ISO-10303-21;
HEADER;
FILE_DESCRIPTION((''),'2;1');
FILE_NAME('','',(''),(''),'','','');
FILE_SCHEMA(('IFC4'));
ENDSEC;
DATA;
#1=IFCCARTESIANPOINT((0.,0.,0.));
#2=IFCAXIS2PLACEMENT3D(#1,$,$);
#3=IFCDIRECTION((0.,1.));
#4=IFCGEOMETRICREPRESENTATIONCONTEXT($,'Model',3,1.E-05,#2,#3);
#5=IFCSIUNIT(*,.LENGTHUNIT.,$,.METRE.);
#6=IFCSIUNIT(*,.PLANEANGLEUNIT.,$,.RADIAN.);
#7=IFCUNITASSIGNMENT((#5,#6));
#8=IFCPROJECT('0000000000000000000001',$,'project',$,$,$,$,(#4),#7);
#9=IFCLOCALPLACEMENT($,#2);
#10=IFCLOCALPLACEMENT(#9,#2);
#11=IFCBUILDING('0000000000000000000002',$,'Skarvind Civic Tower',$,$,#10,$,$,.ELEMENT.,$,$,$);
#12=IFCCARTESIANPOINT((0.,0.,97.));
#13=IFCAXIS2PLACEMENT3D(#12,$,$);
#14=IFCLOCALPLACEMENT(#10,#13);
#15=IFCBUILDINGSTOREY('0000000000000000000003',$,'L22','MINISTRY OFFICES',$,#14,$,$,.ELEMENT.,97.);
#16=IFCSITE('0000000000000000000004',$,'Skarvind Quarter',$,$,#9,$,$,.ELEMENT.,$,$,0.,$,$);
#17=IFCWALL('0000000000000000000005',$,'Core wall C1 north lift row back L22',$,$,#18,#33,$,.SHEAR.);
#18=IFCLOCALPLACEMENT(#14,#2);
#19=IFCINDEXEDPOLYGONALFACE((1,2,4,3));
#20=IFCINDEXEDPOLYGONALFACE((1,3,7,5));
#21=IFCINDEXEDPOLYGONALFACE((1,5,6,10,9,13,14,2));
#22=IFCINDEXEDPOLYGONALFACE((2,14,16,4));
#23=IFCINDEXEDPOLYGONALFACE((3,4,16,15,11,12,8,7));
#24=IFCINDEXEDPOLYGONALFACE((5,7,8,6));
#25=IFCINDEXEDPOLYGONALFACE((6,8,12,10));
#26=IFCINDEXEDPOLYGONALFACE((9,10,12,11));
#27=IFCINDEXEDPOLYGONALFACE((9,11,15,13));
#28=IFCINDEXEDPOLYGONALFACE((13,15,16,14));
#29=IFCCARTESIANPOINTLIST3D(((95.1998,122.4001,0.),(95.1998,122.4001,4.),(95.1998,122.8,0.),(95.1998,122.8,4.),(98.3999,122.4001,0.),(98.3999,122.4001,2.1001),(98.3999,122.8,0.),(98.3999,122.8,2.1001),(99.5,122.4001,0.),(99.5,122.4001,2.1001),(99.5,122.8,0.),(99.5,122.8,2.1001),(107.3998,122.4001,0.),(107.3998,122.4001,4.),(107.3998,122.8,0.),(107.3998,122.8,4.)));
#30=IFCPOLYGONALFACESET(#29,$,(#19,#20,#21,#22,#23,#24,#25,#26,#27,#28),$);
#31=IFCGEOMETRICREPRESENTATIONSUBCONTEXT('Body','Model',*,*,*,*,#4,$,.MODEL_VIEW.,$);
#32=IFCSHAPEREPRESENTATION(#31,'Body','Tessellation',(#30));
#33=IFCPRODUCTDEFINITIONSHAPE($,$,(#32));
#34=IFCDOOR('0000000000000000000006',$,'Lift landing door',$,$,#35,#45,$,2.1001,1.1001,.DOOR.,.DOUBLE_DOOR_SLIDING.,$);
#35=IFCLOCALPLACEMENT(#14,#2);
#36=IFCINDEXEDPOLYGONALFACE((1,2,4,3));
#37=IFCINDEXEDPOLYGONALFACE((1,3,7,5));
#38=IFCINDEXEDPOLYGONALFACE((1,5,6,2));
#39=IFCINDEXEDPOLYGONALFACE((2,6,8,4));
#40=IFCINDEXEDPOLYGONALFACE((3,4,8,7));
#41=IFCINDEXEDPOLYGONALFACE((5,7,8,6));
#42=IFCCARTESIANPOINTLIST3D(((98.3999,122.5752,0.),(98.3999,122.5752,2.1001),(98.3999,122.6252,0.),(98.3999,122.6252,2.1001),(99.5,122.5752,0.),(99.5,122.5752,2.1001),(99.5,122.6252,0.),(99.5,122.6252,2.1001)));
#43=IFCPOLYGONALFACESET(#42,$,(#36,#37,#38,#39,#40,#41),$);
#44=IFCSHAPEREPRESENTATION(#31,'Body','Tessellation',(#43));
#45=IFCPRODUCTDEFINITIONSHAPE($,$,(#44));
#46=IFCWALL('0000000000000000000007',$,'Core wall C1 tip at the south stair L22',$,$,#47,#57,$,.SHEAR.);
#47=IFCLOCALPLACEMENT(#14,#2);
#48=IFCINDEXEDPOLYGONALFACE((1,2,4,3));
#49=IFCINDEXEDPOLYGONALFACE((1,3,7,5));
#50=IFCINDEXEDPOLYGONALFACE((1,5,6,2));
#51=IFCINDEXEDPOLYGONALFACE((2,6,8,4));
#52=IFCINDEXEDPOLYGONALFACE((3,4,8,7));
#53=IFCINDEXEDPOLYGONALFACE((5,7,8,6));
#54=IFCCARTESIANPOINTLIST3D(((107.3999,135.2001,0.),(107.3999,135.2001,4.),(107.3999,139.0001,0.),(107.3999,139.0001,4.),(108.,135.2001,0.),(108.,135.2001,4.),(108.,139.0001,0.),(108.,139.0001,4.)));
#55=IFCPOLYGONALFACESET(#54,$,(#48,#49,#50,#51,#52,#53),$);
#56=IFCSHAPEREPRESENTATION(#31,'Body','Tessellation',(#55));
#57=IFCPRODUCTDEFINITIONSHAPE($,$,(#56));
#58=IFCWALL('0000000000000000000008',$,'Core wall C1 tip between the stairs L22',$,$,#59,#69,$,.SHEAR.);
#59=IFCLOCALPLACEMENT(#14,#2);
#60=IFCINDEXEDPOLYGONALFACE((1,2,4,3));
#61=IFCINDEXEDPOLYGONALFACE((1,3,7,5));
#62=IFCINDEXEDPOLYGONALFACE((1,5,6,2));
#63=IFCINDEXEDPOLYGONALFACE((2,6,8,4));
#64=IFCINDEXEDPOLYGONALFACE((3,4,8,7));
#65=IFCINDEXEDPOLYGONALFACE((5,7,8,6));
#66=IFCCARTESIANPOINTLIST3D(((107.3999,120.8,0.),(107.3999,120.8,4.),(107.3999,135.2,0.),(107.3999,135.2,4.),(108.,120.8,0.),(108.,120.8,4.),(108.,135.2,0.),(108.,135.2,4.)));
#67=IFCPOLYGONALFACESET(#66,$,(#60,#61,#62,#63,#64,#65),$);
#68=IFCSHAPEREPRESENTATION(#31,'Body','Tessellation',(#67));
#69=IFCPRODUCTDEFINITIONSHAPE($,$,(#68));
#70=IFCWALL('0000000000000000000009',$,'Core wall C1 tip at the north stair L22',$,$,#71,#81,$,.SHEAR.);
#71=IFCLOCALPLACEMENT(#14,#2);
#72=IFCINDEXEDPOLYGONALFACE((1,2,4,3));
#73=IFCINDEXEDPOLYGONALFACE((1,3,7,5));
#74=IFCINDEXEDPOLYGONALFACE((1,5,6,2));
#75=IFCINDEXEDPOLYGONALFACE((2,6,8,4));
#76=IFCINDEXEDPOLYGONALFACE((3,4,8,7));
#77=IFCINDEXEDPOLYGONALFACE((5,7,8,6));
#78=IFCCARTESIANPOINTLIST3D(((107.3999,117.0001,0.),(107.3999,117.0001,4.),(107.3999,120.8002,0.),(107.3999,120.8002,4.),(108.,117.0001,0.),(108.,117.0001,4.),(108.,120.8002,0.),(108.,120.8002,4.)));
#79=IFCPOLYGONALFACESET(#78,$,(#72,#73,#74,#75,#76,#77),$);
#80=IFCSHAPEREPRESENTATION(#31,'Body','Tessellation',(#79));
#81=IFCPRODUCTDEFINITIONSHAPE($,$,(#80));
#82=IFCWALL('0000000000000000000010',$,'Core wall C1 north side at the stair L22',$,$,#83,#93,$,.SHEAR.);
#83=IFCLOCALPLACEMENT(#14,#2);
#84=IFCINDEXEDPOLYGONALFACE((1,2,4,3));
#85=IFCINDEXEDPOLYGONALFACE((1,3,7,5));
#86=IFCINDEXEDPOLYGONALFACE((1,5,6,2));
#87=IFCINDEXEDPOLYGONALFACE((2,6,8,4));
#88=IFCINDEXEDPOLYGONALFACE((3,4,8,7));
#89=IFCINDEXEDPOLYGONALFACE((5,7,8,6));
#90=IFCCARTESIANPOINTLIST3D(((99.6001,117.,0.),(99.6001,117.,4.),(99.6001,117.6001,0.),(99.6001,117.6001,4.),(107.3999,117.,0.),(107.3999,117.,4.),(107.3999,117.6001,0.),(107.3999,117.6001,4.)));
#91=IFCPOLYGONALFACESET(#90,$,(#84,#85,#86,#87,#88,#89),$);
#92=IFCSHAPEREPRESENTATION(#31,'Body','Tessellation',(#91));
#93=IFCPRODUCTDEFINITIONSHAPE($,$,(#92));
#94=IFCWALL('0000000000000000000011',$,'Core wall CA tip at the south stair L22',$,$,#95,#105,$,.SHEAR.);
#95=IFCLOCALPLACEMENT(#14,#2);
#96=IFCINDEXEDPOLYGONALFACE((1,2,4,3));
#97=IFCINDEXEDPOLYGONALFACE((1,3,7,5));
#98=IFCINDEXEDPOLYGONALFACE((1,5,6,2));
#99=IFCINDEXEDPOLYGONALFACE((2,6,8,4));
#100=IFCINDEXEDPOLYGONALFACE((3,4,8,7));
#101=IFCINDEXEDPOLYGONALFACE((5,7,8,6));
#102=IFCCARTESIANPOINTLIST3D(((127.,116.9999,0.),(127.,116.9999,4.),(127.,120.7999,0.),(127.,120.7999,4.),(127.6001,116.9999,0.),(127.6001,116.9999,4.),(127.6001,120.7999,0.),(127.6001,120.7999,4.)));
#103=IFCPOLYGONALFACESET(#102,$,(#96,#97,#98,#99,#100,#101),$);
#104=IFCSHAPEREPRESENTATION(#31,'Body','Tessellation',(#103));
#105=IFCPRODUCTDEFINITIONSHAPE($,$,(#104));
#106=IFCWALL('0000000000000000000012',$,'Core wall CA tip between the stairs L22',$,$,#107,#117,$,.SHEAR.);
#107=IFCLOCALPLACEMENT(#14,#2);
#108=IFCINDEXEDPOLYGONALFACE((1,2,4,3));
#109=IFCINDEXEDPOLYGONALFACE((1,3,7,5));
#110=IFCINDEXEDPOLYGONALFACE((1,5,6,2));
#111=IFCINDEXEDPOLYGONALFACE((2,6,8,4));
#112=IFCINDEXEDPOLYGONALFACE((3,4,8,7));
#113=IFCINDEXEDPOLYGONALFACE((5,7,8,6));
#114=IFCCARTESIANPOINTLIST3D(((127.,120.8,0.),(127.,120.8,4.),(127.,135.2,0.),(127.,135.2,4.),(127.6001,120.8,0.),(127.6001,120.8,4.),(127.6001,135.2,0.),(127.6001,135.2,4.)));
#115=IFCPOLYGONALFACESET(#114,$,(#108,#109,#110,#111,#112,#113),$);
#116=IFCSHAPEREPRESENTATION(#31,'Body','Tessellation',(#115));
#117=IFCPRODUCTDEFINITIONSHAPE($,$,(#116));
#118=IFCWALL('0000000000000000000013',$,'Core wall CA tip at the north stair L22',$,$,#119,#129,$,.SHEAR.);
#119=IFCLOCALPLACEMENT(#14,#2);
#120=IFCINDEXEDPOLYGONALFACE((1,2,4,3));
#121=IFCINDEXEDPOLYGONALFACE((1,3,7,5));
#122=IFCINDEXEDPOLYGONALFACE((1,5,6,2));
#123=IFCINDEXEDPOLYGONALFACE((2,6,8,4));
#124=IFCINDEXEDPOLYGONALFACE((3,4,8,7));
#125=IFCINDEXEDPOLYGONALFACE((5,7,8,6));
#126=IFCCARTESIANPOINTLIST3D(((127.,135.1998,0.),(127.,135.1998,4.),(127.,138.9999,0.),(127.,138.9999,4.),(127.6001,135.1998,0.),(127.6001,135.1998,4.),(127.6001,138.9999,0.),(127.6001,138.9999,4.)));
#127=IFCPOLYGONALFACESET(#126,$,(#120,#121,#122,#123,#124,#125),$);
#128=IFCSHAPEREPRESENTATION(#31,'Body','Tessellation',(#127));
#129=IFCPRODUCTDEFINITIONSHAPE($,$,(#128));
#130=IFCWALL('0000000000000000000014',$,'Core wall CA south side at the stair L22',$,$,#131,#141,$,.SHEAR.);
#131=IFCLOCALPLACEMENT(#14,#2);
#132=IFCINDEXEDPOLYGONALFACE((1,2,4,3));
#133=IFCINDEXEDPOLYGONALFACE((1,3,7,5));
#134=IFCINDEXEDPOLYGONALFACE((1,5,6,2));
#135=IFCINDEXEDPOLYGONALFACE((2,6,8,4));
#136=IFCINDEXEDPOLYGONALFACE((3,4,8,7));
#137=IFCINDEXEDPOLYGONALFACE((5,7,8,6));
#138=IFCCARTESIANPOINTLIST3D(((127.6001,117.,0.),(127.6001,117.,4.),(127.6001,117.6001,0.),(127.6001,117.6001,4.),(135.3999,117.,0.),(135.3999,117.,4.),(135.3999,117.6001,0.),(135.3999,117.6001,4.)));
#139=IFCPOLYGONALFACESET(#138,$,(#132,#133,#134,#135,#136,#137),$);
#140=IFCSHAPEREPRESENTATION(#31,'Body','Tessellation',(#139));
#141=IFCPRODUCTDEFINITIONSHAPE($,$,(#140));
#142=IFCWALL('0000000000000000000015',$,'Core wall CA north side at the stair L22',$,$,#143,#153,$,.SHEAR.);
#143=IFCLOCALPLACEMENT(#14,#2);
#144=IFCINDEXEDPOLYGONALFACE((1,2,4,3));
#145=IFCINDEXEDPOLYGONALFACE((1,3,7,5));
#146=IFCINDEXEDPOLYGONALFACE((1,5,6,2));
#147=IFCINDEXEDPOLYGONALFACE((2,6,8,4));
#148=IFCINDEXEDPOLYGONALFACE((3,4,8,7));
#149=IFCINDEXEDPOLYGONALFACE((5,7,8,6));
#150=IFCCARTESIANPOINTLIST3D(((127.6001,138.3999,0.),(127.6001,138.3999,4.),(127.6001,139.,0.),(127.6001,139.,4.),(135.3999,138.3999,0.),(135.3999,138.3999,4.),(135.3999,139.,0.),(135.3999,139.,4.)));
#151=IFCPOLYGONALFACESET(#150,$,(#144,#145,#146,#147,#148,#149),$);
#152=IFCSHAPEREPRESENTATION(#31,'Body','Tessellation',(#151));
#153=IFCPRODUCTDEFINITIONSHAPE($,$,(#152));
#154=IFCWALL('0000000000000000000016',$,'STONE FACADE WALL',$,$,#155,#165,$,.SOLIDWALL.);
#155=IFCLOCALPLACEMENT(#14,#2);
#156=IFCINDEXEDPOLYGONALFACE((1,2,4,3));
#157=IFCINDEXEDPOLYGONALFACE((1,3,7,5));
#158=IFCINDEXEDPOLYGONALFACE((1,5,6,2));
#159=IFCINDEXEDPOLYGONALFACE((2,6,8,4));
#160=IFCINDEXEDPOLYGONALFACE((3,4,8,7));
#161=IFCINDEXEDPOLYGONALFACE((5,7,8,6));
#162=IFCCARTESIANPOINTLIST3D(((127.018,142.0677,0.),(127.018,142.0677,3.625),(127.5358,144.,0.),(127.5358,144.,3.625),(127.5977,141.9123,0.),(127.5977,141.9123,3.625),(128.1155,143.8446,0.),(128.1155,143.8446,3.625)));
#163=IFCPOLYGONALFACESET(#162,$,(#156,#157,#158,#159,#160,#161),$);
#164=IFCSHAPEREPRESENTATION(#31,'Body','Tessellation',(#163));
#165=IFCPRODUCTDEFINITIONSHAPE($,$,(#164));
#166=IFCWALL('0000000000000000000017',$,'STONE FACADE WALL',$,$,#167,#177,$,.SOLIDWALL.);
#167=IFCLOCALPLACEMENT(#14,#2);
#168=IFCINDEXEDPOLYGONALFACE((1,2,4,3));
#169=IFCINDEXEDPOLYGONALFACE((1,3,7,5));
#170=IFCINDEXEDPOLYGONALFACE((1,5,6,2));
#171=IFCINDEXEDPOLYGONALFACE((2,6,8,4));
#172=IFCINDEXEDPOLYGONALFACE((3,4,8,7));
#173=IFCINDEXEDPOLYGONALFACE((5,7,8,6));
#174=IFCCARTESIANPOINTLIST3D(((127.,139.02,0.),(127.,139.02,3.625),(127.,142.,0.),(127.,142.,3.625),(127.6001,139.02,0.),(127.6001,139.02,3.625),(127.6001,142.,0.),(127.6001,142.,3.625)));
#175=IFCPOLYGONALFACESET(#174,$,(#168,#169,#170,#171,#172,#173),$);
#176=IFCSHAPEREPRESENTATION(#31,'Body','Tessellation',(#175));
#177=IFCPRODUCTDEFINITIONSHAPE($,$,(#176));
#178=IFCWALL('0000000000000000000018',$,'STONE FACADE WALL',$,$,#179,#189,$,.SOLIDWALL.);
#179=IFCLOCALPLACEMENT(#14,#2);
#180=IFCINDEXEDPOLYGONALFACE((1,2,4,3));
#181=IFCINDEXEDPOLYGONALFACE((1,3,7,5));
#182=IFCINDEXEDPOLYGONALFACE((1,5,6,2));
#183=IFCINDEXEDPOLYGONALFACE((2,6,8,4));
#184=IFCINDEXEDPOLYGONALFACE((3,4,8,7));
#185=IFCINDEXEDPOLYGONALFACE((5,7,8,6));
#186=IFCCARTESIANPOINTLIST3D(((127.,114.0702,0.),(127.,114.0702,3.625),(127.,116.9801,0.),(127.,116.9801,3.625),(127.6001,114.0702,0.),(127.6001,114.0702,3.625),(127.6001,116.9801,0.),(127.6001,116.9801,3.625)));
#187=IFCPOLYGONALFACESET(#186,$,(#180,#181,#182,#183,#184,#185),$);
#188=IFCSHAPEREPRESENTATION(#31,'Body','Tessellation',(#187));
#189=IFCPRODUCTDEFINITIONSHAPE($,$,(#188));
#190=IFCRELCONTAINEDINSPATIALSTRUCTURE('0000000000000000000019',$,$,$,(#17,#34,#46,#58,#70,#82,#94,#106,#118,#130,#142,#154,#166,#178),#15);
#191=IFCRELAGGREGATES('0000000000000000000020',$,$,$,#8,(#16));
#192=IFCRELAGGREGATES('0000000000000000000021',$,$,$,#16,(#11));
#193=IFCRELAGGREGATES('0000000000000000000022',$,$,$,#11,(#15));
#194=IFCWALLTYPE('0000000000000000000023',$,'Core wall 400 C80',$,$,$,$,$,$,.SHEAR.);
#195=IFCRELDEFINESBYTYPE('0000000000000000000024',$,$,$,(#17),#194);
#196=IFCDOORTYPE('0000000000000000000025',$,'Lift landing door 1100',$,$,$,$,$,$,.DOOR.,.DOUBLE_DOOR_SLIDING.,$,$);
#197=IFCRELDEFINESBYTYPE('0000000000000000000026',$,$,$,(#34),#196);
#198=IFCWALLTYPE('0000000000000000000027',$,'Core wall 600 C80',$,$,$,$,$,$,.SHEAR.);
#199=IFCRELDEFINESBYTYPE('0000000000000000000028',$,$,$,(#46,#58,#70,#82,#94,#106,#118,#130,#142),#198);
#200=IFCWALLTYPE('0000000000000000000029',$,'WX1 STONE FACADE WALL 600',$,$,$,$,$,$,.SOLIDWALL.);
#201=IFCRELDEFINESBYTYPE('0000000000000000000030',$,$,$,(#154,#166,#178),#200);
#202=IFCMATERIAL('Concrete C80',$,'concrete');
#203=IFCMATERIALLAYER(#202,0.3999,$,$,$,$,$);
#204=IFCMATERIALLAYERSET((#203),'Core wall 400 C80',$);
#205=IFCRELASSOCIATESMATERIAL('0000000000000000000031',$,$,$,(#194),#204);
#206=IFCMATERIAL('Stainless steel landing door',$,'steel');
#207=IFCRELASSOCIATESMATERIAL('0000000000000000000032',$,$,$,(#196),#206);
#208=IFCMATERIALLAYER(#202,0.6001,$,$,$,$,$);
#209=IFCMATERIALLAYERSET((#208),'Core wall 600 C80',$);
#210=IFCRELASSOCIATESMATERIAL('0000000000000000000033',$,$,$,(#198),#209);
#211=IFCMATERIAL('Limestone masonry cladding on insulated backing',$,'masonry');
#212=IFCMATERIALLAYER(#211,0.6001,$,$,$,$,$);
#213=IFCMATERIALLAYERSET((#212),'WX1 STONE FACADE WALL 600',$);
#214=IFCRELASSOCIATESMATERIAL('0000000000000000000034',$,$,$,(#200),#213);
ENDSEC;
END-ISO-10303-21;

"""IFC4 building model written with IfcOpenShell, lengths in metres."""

from ifc_helpers import new_model, si_unit, direction, frame, frame_2d, origin, place, context, subcontext, project, spatial, rectangle, extrude, material, layer, layer_set, type_object, element, fill, save


model = new_model("IFC4")

# Units and contexts
model_context = context("Model", 3, precision=1e-05, world=origin(), true_north=direction((0.0, 1.0)))
body_context = subcontext(model_context, "Body", "Model", "MODEL_VIEW")
ifc_project = project(units=[si_unit("LENGTHUNIT", "METRE"), si_unit("PLANEANGLEUNIT", "RADIAN")], contexts=[model_context])

# Site, building, storey
site_placement = place(None, origin())
site = spatial("IfcSite", under=ifc_project, at=site_placement, Name="Skarvind Quarter", CompositionType="ELEMENT", RefElevation=0.0)
building_placement = place(site_placement, origin())
building = spatial("IfcBuilding", under=site, at=building_placement, Name="Skarvind Civic Tower", CompositionType="ELEMENT")
storey_placement = place(building_placement, frame((0.0, 0.0, 97.0)))
storey = spatial("IfcBuildingStorey", under=building, at=storey_placement, Name="L22", Description="MINISTRY OFFICES", CompositionType="ELEMENT", Elevation=97.0)

# Shared definitions
ifc_material_1 = material(Name="Concrete C80", Category="concrete")
ifc_layer_1 = layer(ifc_material_1, 0.3999)
ifc_layer_set_1 = layer_set([ifc_layer_1], Name="Core wall 400 C80")
wall_type_1 = type_object("IfcWallType", Name="Core wall 400 C80", PredefinedType="SHEAR", material=ifc_layer_set_1)

# Shared definitions
ifc_material_2 = material(Name="Stainless steel landing door", Category="steel")
door_type_1 = type_object("IfcDoorType", Name="Lift landing door 1100", OperationType="DOUBLE_DOOR_SLIDING", PredefinedType="DOOR", material=ifc_material_2)

# Wall, opening, door
wall_1_placement = place(storey_placement, frame((107.3999, 122.6001, 0.0), z_axis=(0.0, 0.0, 1.0), x_axis=(-1.0, 0.0, 0.0)))
wall_1 = element("IfcWall", 1, at=wall_1_placement, inside=storey, type_object=wall_type_1, Name="Core wall C1 north lift row back L22", PredefinedType="SHEAR", context=body_context, shape_type="SweptSolid", body=[
    extrude(rectangle(XDim=12.2, YDim=0.3999, at=frame_2d((6.1001, 0.0))), origin(), (0.0, 0.0, 1.0), 4.0),
])
opening_1_placement = place(wall_1_placement, frame((7.8999, 0.0, 0.0)))
opening_1 = element("IfcOpeningElement", 2, at=opening_1_placement, cuts=wall_1, PredefinedType="OPENING", context=body_context, shape_type="SweptSolid", body=[
    extrude(rectangle(XDim=1.1001, YDim=2.1001, at=frame_2d((0.55, 1.05))), frame((0.0, 0.21, 0.0), z_axis=(0.0, -1.0, 0.0), x_axis=(1.0, 0.0, 0.0)), (0.0, 0.0, 1.0), 0.4199),
])
door_1_placement = place(opening_1_placement, origin())
door_1 = element("IfcDoor", 3, at=door_1_placement, inside=storey, type_object=door_type_1, Name="Lift landing door", OperationType="DOUBLE_DOOR_SLIDING", OverallHeight=2.1001, OverallWidth=1.1001, PredefinedType="DOOR", context=body_context, shape_type="SweptSolid", body=[
    extrude(rectangle(XDim=1.1001, YDim=2.1001, at=frame_2d((0.55, 1.05))), frame((0.0, 0.0249, 0.0), z_axis=(0.0, -1.0, 0.0), x_axis=(1.0, 0.0, 0.0)), (0.0, 0.0, 1.0), 0.05),
])
fill(opening_1, door_1)

# Walls
ifc_layer_2 = layer(ifc_material_1, 0.6001)
ifc_layer_set_2 = layer_set([ifc_layer_2], Name="Core wall 600 C80")
wall_type_2 = type_object("IfcWallType", Name="Core wall 600 C80", PredefinedType="SHEAR", material=ifc_layer_set_2)
wall_2_placement = place(storey_placement, frame((107.7, 139.0, 0.0), z_axis=(0.0, 0.0, 1.0), x_axis=(0.0, -1.0, 0.0)))
element("IfcWall", 4, at=wall_2_placement, inside=storey, type_object=wall_type_2, Name="Core wall C1 tip at the south stair L22", PredefinedType="SHEAR", context=body_context, shape_type="SweptSolid", body=[
    extrude(rectangle(XDim=3.8, YDim=0.6001, at=frame_2d((1.8999, 0.0))), origin(), (0.0, 0.0, 1.0), 4.0),
])
wall_3_placement = place(storey_placement, frame((107.7, 135.2, 0.0), z_axis=(0.0, 0.0, 1.0), x_axis=(0.0, -1.0, 0.0)))
element("IfcWall", 5, at=wall_3_placement, inside=storey, type_object=wall_type_2, Name="Core wall C1 tip between the stairs L22", PredefinedType="SHEAR", context=body_context, shape_type="SweptSolid", body=[
    extrude(rectangle(XDim=14.3999, YDim=0.6001, at=frame_2d((7.2, 0.0))), origin(), (0.0, 0.0, 1.0), 4.0),
])
wall_4_placement = place(storey_placement, frame((107.7, 120.8, 0.0), z_axis=(0.0, 0.0, 1.0), x_axis=(0.0, -1.0, 0.0)))
element("IfcWall", 6, at=wall_4_placement, inside=storey, type_object=wall_type_2, Name="Core wall C1 tip at the north stair L22", PredefinedType="SHEAR", context=body_context, shape_type="SweptSolid", body=[
    extrude(rectangle(XDim=3.8, YDim=0.6001, at=frame_2d((1.8999, 0.0))), origin(), (0.0, 0.0, 1.0), 4.0),
])
wall_5_placement = place(storey_placement, frame((107.3999, 117.3, 0.0), z_axis=(0.0, 0.0, 1.0), x_axis=(-1.0, 0.0, 0.0)))
element("IfcWall", 7, at=wall_5_placement, inside=storey, type_object=wall_type_2, Name="Core wall C1 north side at the stair L22", PredefinedType="SHEAR", context=body_context, shape_type="SweptSolid", body=[
    extrude(rectangle(XDim=7.7998, YDim=0.6001, at=frame_2d((3.8999, 0.0))), origin(), (0.0, 0.0, 1.0), 4.0),
])
wall_6_placement = place(storey_placement, frame((127.3, 117.0, 0.0), z_axis=(0.0, 0.0, 1.0), x_axis=(0.0, 1.0, 0.0)))
element("IfcWall", 8, at=wall_6_placement, inside=storey, type_object=wall_type_2, Name="Core wall CA tip at the south stair L22", PredefinedType="SHEAR", context=body_context, shape_type="SweptSolid", body=[
    extrude(rectangle(XDim=3.8, YDim=0.6001, at=frame_2d((1.8999, 0.0))), origin(), (0.0, 0.0, 1.0), 4.0),
])
wall_7_placement = place(storey_placement, frame((127.3, 120.8, 0.0), z_axis=(0.0, 0.0, 1.0), x_axis=(0.0, 1.0, 0.0)))
element("IfcWall", 9, at=wall_7_placement, inside=storey, type_object=wall_type_2, Name="Core wall CA tip between the stairs L22", PredefinedType="SHEAR", context=body_context, shape_type="SweptSolid", body=[
    extrude(rectangle(XDim=14.3999, YDim=0.6001, at=frame_2d((7.2, 0.0))), origin(), (0.0, 0.0, 1.0), 4.0),
])
wall_8_placement = place(storey_placement, frame((127.3, 135.2, 0.0), z_axis=(0.0, 0.0, 1.0), x_axis=(0.0, 1.0, 0.0)))
element("IfcWall", 10, at=wall_8_placement, inside=storey, type_object=wall_type_2, Name="Core wall CA tip at the north stair L22", PredefinedType="SHEAR", context=body_context, shape_type="SweptSolid", body=[
    extrude(rectangle(XDim=3.8, YDim=0.6001, at=frame_2d((1.8999, 0.0))), origin(), (0.0, 0.0, 1.0), 4.0),
])
for number, where, z_axis, x_axis, name in (
    (11, (127.6001, 117.3, 0.0), (0.0, 0.0, 1.0), (1.0, 0.0, 0.0), "Core wall CA south side at the stair L22"),
    (12, (127.6001, 138.7, 0.0), (0.0, 0.0, 1.0), (1.0, 0.0, 0.0), "Core wall CA north side at the stair L22"),
):
    element("IfcWall", number, at=place(storey_placement, frame(where, z_axis=z_axis, x_axis=x_axis)), inside=storey, type_object=wall_type_2, Name=name, PredefinedType="SHEAR", context=body_context, shape_type="SweptSolid", body=[
        extrude(rectangle(XDim=7.7998, YDim=0.6001, at=frame_2d((3.8999, 0.0))), origin(), (0.0, 0.0, 1.0), 4.0),
    ])
ifc_material_3 = material(Name="Limestone masonry cladding on insulated backing", Category="masonry")
ifc_layer_3 = layer(ifc_material_3, 0.6001)
ifc_layer_set_3 = layer_set([ifc_layer_3], Name="WX1 STONE FACADE WALL 600")
wall_type_3 = type_object("IfcWallType", Name="WX1 STONE FACADE WALL 600", PredefinedType="SOLIDWALL", material=ifc_layer_set_3)
wall_9_placement = place(storey_placement, frame((127.3079, 141.99, 0.0), z_axis=(0.0, 0.0, 1.0), x_axis=(0.25884, 0.96592, 0.0)))
element("IfcWall", 13, at=wall_9_placement, inside=storey, type_object=wall_type_3, Name="STONE FACADE WALL", PredefinedType="SOLIDWALL", context=body_context, shape_type="SweptSolid", body=[
    extrude(rectangle(XDim=2.0005, YDim=0.6001, at=frame_2d((1.0002, 0.0))), origin(), (0.0, 0.0, 1.0), 3.625),
])
wall_10_placement = place(storey_placement, frame((127.3, 139.02, 0.0), z_axis=(0.0, 0.0, 1.0), x_axis=(0.0, 1.0, 0.0)))
element("IfcWall", 14, at=wall_10_placement, inside=storey, type_object=wall_type_3, Name="STONE FACADE WALL", PredefinedType="SOLIDWALL", context=body_context, shape_type="SweptSolid", body=[
    extrude(rectangle(XDim=2.98, YDim=0.6001, at=frame_2d((1.49, 0.0))), origin(), (0.0, 0.0, 1.0), 3.625),
])
wall_11_placement = place(storey_placement, frame((127.3, 114.0701, 0.0), z_axis=(0.0, 0.0, 1.0), x_axis=(0.0, 1.0, 0.0)))
element("IfcWall", 15, at=wall_11_placement, inside=storey, type_object=wall_type_3, Name="STONE FACADE WALL", PredefinedType="SOLIDWALL", context=body_context, shape_type="SweptSolid", body=[
    extrude(rectangle(XDim=2.9099, YDim=0.6001, at=frame_2d((1.4551, 0.0))), origin(), (0.0, 0.0, 1.0), 3.625),
])

save(model, "model.ifc")
